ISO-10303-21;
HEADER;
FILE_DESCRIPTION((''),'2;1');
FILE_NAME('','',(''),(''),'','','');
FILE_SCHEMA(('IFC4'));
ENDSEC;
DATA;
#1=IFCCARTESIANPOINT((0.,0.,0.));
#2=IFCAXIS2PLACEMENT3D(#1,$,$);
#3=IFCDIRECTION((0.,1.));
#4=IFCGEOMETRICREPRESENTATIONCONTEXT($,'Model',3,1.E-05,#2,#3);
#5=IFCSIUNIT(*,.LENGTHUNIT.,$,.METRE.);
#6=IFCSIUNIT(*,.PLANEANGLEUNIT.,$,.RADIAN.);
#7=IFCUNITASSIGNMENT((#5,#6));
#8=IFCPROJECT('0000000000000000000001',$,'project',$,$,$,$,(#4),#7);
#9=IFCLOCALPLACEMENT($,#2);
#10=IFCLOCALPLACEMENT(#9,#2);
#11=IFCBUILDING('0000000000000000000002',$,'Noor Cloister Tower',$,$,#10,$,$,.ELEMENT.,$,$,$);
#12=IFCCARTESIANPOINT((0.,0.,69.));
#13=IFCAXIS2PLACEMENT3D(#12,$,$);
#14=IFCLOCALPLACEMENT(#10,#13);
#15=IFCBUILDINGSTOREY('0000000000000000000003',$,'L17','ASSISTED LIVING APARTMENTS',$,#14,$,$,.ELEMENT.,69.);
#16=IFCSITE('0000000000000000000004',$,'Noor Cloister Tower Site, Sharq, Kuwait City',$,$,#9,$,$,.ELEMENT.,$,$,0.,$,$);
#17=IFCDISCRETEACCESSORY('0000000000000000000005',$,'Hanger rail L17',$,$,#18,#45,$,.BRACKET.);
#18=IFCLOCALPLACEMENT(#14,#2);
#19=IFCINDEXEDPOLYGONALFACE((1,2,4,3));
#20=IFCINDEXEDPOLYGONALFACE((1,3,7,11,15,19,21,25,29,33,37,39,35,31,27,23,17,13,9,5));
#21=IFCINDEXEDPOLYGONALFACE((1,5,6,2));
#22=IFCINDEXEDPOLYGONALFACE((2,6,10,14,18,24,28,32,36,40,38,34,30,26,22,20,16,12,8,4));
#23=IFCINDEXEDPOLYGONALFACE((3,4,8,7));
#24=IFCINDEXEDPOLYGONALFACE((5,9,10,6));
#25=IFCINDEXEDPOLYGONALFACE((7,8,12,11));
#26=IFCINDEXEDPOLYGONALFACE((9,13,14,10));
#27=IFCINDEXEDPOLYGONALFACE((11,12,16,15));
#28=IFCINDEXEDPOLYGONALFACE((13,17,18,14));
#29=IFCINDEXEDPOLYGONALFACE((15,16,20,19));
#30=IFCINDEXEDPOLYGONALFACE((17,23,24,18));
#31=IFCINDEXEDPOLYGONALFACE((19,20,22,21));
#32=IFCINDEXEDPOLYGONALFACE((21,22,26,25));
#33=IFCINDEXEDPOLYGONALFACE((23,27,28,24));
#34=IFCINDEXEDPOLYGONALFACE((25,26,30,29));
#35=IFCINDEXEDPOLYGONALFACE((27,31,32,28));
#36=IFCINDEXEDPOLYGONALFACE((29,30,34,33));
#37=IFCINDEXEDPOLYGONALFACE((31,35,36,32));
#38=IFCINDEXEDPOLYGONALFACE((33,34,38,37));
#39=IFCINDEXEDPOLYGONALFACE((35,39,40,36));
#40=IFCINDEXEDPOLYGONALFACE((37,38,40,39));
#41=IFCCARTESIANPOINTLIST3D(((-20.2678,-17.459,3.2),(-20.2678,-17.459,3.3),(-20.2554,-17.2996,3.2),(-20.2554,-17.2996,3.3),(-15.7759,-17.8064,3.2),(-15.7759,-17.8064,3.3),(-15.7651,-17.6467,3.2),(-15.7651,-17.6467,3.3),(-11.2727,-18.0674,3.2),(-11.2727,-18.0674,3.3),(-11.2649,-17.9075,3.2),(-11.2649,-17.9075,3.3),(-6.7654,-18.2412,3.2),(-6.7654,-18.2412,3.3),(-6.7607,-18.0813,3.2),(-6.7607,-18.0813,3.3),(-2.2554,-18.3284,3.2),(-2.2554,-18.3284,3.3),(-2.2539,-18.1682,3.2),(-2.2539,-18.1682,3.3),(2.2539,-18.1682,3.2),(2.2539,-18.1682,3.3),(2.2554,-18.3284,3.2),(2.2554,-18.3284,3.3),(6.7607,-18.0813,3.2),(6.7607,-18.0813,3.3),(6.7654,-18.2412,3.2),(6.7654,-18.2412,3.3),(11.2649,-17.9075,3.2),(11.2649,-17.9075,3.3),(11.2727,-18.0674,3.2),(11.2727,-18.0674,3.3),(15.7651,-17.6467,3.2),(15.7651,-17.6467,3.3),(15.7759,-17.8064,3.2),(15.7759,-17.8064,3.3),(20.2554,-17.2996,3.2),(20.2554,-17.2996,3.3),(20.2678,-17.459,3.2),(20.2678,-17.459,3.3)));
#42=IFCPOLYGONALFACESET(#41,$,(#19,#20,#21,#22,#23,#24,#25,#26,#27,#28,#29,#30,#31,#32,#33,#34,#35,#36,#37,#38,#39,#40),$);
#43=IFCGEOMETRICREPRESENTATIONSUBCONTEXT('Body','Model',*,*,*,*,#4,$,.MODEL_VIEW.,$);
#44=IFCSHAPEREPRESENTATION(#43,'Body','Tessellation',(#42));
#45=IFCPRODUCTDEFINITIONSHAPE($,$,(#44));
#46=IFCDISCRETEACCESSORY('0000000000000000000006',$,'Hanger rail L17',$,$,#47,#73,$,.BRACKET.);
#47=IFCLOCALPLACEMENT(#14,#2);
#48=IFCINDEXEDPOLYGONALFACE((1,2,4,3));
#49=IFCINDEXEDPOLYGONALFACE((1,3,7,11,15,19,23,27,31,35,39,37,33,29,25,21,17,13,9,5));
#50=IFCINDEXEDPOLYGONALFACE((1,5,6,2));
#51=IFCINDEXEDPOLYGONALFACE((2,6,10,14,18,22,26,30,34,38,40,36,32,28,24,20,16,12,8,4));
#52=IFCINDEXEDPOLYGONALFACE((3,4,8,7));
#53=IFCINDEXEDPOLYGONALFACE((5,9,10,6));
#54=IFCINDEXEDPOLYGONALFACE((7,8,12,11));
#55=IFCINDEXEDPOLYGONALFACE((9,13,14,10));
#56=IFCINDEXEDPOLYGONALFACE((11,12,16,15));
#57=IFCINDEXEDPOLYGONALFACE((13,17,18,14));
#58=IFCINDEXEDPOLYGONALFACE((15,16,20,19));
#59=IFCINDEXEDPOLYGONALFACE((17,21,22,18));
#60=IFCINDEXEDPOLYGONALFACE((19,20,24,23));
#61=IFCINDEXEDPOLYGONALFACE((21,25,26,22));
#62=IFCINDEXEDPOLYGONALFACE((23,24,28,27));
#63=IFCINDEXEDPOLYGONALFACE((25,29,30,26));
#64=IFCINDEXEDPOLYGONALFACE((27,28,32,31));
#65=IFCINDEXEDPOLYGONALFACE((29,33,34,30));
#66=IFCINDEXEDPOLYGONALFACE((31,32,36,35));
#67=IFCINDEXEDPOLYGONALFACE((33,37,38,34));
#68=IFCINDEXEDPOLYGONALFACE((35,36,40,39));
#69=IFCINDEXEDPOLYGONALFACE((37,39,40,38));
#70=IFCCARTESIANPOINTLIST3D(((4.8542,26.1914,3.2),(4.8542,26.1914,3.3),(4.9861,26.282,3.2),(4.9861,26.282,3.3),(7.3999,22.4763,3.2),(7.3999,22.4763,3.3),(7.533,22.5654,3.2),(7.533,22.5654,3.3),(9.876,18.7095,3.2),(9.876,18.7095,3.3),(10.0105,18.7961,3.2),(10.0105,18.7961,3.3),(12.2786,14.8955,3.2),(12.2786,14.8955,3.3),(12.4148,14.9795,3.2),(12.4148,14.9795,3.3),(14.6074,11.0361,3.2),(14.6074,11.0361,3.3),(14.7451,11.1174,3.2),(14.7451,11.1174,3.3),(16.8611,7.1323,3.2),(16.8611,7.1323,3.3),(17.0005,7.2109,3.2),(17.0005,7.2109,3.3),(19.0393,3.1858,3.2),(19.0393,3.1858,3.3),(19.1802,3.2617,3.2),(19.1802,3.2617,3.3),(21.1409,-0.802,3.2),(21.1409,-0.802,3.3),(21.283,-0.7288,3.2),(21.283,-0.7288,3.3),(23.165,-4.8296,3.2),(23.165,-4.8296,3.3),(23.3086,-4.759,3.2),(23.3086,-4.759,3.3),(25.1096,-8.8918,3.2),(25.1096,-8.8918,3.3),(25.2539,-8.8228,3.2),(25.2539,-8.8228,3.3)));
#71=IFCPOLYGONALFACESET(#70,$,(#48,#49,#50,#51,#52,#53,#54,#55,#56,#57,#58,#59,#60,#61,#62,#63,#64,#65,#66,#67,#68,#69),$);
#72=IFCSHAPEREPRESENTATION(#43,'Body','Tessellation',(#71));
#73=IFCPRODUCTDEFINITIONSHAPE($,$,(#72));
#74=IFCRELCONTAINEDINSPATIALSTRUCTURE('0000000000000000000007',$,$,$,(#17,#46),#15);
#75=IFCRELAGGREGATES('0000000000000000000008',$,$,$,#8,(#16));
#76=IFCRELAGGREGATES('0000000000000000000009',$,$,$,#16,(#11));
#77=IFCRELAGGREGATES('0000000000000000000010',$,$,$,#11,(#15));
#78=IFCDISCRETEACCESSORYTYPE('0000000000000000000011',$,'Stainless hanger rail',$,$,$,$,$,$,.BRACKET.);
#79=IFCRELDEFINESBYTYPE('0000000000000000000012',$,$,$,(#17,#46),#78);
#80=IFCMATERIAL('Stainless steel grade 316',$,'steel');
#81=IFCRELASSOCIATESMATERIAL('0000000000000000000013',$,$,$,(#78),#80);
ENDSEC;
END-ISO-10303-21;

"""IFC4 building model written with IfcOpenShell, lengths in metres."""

from ifc_helpers import new_model, si_unit, direction, frame, origin, place, context, subcontext, project, spatial, polyline, outline, extrude, material, type_object, element, save


model = new_model("IFC4")

# Units and contexts
model_context = context("Model", 3, precision=1e-05, world=origin(), true_north=direction((0.0, 1.0)))
body_context = subcontext(model_context, "Body", "Model", "MODEL_VIEW")
ifc_project = project(units=[si_unit("LENGTHUNIT", "METRE"), si_unit("PLANEANGLEUNIT", "RADIAN")], contexts=[model_context])

# Site, building, storey
site_placement = place(None, origin())
site = spatial("IfcSite", under=ifc_project, at=site_placement, Name="Noor Cloister Tower Site, Sharq, Kuwait City", CompositionType="ELEMENT", RefElevation=0.0)
building_placement = place(site_placement, origin())
building = spatial("IfcBuilding", under=site, at=building_placement, Name="Noor Cloister Tower", CompositionType="ELEMENT")
storey_placement = place(building_placement, frame((0.0, 0.0, 69.0)))
storey = spatial("IfcBuildingStorey", under=building, at=storey_placement, Name="L17", Description="ASSISTED LIVING APARTMENTS", CompositionType="ELEMENT", Elevation=69.0)

# Discrete accessories
ifc_material_1 = material(Name="Stainless steel grade 316", Category="steel")
discrete_accessory_type = type_object("IfcDiscreteAccessoryType", Name="Stainless hanger rail", PredefinedType="BRACKET", material=ifc_material_1)
discrete_accessory_1_placement = place(storey_placement, frame((0.0, 0.0, 3.2)))
element("IfcDiscreteAccessory", 1, at=discrete_accessory_1_placement, inside=storey, type_object=discrete_accessory_type, Name="Hanger rail L17", PredefinedType="BRACKET", context=body_context, shape_type="SweptSolid", body=[
    extrude(outline(polyline([(-20.2678, -17.459), (-15.7759, -17.8064), (-11.2727, -18.0674), (-6.7654, -18.2412), (-2.2554, -18.3284), (2.2554, -18.3284), (6.7654, -18.2412), (11.2727, -18.0674), (15.7759, -17.8064), (20.2678, -17.459), (20.2554, -17.2996), (15.7651, -17.6467), (11.2649, -17.9075), (6.7607, -18.0813), (2.2539, -18.1682), (-2.2539, -18.1682), (-6.7607, -18.0813), (-11.2649, -17.9075), (-15.7651, -17.6467), (-20.2554, -17.2996), (-20.2678, -17.459)])), origin(), (0.0, 0.0, 1.0), 0.1001),
])
discrete_accessory_2_placement = place(storey_placement, frame((0.0, 0.0, 3.2)))
element("IfcDiscreteAccessory", 2, at=discrete_accessory_2_placement, inside=storey, type_object=discrete_accessory_type, Name="Hanger rail L17", PredefinedType="BRACKET", context=body_context, shape_type="SweptSolid", body=[
    extrude(outline(polyline([(25.2539, -8.8228), (23.3086, -4.759), (21.283, -0.7288), (19.1802, 3.2617), (17.0005, 7.2109), (14.7451, 11.1174), (12.4148, 14.9795), (10.0105, 18.7961), (7.533, 22.5654), (4.9861, 26.282), (4.8542, 26.1914), (7.3999, 22.4763), (9.876, 18.7095), (12.2786, 14.8955), (14.6074, 11.0361), (16.8611, 7.1323), (19.0393, 3.1858), (21.1409, -0.802), (23.165, -4.8296), (25.1096, -8.8918), (25.2539, -8.8228)])), origin(), (0.0, 0.0, 1.0), 0.1001),
])

save(model, "model.ifc")
